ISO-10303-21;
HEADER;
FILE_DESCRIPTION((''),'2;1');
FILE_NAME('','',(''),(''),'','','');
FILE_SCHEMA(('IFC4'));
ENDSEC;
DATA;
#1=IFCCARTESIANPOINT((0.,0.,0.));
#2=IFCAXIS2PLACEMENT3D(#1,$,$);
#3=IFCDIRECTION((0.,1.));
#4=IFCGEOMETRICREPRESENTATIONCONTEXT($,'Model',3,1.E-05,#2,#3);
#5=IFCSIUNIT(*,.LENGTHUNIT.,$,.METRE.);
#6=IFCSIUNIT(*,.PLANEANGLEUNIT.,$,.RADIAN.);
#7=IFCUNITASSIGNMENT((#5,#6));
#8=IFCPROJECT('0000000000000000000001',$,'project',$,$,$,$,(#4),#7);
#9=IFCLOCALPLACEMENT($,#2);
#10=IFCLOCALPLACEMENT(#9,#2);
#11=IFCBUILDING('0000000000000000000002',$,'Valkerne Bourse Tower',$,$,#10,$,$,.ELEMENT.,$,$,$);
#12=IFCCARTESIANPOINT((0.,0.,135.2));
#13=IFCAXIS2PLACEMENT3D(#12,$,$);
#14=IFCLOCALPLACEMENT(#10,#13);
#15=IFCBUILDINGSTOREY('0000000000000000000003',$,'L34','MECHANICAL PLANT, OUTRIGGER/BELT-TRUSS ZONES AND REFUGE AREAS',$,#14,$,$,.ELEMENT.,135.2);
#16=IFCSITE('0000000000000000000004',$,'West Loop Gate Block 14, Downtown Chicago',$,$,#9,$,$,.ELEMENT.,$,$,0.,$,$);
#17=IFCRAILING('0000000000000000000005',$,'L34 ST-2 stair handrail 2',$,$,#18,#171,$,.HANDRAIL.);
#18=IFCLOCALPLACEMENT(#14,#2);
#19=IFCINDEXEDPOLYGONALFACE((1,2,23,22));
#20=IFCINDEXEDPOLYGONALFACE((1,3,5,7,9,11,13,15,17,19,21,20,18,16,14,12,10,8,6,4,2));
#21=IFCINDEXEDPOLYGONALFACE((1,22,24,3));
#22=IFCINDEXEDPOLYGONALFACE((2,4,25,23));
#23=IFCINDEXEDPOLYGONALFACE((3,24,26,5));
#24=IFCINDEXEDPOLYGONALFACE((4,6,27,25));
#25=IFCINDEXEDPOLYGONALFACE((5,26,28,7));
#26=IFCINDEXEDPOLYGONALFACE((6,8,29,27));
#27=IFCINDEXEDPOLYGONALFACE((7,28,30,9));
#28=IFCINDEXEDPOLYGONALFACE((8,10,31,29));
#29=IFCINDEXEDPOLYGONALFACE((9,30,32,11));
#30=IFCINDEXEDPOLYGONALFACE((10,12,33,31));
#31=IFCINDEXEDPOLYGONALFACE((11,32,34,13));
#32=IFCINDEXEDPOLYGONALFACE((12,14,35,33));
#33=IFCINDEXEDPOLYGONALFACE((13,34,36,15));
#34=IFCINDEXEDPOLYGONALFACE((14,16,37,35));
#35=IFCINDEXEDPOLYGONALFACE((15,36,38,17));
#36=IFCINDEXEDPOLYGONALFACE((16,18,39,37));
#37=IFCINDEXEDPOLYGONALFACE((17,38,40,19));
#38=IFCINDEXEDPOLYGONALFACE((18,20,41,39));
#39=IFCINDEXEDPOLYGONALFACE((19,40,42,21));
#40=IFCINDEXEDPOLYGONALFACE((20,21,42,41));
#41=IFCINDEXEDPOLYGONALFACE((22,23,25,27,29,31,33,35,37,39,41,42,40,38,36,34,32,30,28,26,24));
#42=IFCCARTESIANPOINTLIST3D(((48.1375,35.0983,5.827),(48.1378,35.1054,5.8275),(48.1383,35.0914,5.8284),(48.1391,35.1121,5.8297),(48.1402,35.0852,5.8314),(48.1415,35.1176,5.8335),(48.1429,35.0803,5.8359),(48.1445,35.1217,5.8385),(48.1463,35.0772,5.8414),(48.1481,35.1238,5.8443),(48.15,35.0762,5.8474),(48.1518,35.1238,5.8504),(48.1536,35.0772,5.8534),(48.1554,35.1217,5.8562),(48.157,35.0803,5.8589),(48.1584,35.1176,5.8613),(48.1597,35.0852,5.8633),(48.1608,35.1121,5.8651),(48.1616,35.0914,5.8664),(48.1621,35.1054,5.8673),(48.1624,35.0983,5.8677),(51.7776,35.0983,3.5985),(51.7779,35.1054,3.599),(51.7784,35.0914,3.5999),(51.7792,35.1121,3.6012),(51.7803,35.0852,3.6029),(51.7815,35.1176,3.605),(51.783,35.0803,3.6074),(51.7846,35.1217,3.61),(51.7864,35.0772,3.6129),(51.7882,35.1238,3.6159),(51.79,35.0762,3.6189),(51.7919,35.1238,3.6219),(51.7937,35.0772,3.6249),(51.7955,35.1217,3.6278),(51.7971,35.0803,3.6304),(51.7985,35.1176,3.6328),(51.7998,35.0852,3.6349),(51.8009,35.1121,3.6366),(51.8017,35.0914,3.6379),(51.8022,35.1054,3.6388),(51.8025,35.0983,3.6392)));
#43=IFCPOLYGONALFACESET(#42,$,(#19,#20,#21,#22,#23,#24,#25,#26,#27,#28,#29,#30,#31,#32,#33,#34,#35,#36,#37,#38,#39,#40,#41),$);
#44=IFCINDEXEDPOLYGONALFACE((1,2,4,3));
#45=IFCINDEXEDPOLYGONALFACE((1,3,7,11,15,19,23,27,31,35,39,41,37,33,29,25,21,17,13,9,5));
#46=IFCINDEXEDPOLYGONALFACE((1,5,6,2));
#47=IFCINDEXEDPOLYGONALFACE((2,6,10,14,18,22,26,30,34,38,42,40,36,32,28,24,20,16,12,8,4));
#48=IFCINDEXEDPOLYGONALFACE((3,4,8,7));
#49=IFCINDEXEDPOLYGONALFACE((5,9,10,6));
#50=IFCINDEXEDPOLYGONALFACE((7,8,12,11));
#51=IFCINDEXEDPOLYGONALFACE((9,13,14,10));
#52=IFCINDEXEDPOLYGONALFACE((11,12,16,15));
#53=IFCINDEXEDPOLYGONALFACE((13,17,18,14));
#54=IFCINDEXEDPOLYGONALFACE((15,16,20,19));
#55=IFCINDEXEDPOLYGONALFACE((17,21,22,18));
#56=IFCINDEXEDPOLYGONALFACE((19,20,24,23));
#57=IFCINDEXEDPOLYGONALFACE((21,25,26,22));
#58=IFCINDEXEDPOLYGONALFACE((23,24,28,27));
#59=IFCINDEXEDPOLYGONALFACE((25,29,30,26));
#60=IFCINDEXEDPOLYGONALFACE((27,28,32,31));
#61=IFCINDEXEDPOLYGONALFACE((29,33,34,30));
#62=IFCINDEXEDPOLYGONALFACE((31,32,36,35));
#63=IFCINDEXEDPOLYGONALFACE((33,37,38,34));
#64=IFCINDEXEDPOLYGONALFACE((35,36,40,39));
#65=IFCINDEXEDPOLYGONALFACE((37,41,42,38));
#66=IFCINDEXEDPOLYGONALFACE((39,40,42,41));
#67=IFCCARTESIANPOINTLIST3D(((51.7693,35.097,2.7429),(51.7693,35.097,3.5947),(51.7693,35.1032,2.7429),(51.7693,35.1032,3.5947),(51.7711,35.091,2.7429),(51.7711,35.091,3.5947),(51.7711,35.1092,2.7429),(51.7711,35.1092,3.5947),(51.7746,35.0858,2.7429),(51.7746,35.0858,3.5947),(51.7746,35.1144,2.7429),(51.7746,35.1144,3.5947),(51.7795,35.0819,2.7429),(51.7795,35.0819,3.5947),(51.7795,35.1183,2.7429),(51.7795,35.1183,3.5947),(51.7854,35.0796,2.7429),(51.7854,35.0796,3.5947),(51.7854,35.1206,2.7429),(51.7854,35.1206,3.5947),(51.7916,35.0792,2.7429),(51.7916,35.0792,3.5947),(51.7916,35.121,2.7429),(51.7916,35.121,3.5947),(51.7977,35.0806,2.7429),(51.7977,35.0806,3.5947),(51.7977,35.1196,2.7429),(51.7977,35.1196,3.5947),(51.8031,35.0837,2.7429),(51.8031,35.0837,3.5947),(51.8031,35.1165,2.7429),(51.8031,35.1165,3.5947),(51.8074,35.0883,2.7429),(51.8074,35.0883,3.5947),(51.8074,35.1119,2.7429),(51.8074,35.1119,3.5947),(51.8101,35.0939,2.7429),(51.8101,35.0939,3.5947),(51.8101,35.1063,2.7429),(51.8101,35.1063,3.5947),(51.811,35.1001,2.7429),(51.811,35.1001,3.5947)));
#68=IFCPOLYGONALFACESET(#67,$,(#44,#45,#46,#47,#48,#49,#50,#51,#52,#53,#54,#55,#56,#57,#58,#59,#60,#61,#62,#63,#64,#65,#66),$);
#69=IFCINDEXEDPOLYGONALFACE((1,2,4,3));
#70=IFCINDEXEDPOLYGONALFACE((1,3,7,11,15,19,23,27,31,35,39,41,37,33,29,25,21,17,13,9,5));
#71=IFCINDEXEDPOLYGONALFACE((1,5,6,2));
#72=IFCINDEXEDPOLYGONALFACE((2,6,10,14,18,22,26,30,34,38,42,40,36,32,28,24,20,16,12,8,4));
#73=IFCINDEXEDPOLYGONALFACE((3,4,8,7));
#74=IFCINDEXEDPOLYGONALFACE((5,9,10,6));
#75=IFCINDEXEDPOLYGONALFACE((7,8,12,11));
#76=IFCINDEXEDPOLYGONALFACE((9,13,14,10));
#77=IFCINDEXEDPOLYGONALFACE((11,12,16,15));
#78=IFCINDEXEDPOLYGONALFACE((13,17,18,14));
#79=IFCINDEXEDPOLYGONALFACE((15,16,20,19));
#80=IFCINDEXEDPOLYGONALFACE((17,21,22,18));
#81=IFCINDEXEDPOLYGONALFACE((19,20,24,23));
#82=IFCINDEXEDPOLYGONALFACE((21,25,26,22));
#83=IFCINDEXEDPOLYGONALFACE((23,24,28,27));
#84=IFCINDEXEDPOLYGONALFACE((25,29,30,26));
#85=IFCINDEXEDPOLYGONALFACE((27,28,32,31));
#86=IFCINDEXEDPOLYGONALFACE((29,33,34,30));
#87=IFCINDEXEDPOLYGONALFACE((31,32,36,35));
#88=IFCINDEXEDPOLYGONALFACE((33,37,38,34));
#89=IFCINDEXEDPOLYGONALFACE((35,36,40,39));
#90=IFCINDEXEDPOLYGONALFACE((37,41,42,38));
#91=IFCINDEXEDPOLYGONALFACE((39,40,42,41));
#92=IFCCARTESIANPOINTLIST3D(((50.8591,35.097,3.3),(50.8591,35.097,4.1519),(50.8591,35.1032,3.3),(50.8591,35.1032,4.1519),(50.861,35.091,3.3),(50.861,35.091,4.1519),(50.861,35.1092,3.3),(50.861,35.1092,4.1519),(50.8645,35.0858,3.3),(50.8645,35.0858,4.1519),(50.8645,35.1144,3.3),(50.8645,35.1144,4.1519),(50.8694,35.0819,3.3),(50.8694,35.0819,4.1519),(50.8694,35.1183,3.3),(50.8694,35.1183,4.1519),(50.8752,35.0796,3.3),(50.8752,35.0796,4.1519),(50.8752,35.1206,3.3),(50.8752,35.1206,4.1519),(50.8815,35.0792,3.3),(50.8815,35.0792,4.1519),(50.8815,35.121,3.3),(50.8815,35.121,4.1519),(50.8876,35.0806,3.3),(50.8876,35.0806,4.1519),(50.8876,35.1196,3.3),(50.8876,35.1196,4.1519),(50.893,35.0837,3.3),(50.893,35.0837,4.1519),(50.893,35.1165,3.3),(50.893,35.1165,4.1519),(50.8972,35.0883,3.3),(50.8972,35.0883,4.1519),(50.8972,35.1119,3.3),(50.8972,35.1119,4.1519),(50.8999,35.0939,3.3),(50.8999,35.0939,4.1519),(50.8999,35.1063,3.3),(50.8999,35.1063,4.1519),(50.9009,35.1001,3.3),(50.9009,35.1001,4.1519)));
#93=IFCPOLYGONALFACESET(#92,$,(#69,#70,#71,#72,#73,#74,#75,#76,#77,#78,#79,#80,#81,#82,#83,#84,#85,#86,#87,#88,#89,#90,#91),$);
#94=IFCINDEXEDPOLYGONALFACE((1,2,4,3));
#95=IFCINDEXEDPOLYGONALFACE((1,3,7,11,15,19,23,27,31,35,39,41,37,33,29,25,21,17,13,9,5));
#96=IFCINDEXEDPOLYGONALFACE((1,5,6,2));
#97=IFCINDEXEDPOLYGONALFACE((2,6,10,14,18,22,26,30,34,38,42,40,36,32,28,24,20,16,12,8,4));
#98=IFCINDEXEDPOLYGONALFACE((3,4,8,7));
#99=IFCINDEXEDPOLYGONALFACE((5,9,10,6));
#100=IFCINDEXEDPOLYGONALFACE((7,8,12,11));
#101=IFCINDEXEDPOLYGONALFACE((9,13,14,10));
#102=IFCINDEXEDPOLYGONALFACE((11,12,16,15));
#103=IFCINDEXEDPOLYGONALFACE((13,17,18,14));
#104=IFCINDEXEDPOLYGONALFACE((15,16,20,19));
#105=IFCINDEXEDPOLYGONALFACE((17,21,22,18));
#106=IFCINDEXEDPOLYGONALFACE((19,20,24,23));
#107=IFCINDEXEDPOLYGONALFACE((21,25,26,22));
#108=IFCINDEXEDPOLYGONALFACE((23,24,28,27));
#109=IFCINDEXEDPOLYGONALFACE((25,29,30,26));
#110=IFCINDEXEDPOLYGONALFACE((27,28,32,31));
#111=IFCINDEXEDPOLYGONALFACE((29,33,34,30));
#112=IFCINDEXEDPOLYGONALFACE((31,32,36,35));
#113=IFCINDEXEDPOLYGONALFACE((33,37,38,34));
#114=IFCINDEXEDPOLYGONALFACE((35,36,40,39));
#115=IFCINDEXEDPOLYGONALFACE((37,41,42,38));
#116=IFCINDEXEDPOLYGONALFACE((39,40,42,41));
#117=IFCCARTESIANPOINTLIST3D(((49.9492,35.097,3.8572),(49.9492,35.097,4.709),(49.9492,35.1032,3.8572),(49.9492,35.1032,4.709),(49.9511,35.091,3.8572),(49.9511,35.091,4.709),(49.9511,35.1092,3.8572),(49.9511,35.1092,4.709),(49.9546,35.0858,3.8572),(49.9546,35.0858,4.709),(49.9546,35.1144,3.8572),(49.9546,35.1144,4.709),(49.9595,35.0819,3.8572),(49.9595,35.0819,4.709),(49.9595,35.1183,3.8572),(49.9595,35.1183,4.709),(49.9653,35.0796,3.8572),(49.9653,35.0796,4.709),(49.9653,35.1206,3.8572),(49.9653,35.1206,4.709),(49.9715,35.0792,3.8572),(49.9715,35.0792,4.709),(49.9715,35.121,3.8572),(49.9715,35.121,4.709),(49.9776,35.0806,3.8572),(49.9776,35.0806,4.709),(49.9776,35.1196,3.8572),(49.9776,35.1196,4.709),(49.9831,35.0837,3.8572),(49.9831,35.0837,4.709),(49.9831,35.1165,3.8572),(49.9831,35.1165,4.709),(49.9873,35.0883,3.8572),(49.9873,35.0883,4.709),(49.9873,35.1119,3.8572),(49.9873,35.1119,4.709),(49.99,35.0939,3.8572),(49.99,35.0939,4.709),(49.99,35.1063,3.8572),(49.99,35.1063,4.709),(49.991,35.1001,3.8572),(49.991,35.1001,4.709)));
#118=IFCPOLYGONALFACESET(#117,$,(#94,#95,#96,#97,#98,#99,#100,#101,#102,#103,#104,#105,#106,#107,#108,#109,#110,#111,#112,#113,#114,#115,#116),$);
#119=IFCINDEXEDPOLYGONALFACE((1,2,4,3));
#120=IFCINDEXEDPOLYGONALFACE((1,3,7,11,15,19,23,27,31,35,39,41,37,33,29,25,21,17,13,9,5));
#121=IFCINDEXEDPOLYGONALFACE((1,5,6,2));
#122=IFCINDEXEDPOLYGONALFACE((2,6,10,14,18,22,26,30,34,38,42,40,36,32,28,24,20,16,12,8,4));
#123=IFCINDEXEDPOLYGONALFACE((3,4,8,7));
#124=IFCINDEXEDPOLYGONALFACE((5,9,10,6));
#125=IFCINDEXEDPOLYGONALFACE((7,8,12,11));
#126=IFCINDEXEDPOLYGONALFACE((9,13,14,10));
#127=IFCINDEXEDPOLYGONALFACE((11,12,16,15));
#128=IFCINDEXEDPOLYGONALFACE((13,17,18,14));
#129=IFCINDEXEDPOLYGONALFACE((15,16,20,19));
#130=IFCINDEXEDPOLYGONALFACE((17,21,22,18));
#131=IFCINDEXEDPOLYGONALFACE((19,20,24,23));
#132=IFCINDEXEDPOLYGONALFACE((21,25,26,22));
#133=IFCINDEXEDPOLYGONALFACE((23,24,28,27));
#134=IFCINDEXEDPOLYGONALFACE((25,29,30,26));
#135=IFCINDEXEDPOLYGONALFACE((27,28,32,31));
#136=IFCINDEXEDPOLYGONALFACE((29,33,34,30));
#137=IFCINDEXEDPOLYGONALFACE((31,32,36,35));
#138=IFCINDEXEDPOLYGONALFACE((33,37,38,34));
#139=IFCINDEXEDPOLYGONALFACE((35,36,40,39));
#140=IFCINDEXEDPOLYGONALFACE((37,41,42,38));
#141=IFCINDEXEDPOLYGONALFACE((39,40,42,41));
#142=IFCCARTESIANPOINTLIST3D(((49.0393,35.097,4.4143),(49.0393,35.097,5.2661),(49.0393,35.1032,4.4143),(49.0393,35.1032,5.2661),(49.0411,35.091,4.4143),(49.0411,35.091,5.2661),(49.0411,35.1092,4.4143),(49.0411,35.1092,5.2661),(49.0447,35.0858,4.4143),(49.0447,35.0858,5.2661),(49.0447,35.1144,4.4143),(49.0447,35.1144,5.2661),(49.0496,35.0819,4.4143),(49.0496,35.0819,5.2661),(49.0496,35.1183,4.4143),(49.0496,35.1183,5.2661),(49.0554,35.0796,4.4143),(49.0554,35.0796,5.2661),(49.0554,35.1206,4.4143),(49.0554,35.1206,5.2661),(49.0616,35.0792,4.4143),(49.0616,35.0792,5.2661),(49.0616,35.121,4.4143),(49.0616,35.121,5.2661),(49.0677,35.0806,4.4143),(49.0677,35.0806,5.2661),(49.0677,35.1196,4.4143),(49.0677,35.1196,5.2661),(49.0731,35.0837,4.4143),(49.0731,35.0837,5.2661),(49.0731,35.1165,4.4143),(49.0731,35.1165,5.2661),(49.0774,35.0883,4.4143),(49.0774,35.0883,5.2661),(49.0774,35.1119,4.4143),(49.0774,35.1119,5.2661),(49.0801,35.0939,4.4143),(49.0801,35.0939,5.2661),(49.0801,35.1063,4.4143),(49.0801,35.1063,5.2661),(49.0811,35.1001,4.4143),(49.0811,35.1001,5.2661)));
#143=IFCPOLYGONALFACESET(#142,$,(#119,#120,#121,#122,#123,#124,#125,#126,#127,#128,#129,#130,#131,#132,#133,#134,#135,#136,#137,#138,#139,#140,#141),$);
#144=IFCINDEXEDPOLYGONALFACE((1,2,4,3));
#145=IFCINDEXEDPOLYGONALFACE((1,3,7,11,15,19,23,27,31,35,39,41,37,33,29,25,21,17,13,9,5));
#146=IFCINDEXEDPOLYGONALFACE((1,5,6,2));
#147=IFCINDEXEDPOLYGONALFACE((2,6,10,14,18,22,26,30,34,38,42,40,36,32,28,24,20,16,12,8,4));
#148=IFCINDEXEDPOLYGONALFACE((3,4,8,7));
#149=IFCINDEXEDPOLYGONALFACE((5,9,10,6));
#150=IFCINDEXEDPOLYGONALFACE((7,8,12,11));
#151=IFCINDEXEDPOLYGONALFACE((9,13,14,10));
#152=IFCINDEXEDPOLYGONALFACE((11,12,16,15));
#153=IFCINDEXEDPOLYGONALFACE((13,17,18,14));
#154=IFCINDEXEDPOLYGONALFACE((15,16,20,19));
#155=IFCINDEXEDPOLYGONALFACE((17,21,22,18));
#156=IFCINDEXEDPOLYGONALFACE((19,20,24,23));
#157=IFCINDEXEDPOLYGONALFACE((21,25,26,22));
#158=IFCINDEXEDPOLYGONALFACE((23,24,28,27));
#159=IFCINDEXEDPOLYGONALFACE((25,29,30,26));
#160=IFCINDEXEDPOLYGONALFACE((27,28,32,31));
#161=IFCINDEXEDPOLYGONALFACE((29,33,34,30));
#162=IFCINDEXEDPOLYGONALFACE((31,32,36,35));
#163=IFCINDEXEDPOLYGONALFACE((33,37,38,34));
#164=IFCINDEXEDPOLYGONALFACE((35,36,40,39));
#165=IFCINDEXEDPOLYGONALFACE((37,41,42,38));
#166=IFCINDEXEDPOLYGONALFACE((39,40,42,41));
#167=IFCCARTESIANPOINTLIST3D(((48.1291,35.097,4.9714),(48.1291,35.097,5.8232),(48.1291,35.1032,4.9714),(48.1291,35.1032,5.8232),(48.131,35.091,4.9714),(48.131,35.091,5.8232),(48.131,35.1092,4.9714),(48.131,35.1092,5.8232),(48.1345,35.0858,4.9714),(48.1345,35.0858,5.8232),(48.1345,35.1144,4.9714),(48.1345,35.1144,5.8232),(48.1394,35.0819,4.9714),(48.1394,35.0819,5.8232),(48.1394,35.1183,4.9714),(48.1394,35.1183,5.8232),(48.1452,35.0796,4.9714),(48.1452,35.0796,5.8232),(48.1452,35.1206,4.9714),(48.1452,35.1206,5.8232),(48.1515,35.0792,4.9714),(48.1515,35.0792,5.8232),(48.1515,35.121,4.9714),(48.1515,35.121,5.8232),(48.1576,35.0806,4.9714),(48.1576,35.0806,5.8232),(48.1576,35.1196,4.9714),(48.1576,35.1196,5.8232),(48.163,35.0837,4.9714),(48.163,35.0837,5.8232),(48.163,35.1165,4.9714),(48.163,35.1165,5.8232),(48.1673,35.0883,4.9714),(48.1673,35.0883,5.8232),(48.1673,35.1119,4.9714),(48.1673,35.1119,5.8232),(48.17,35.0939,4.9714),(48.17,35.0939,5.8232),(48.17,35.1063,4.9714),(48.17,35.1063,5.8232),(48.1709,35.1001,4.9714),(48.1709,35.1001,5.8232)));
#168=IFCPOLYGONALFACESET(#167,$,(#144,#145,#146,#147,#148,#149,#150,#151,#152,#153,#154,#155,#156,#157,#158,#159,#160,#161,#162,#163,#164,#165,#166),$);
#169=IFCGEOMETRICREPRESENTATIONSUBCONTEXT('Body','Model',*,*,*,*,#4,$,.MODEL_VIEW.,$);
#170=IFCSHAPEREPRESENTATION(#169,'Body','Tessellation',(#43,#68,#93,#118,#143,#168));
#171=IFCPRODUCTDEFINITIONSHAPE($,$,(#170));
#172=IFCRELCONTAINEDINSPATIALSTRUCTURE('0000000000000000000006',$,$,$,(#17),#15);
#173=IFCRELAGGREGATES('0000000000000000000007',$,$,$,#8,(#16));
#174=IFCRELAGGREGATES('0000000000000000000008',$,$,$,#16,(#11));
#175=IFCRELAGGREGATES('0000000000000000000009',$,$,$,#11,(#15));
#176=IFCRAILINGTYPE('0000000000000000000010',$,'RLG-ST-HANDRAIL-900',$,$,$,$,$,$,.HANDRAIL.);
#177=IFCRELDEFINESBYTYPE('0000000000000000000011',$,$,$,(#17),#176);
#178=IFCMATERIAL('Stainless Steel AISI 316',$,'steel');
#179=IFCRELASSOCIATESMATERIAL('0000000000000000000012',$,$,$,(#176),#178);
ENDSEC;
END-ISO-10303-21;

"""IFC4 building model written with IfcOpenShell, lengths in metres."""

from ifc_helpers import new_model, si_unit, direction, frame, origin, origin_2d, place, context, subcontext, project, spatial, circle, extrude, material, type_object, element, save


model = new_model("IFC4")

# Units and contexts
model_context = context("Model", 3, precision=1e-05, world=origin(), true_north=direction((0.0, 1.0)))
body_context = subcontext(model_context, "Body", "Model", "MODEL_VIEW")
ifc_project = project(units=[si_unit("LENGTHUNIT", "METRE"), si_unit("PLANEANGLEUNIT", "RADIAN")], contexts=[model_context])

# Site, building, storey
site_placement = place(None, origin())
site = spatial("IfcSite", under=ifc_project, at=site_placement, Name="West Loop Gate Block 14, Downtown Chicago", CompositionType="ELEMENT", RefElevation=0.0)
building_placement = place(site_placement, origin())
building = spatial("IfcBuilding", under=site, at=building_placement, Name="Valkerne Bourse Tower", CompositionType="ELEMENT")
storey_placement = place(building_placement, frame((0.0, 0.0, 135.2)))
storey = spatial("IfcBuildingStorey", under=building, at=storey_placement, Name="L34", Description="MECHANICAL PLANT, OUTRIGGER/BELT-TRUSS ZONES AND REFUGE AREAS", CompositionType="ELEMENT", Elevation=135.2)

# Railing
ifc_material_1 = material(Name="Stainless Steel AISI 316", Category="steel")
railing_type_1 = type_object("IfcRailingType", Name="RLG-ST-HANDRAIL-900", PredefinedType="HANDRAIL", material=ifc_material_1)
railing_1_placement = place(storey_placement, frame((51.79, 35.1001, 2.7429)))
element("IfcRailing", 1, at=railing_1_placement, inside=storey, type_object=railing_type_1, Name="L34 ST-2 stair handrail 2", PredefinedType="HANDRAIL", context=body_context, shape_type="SweptSolid", body=[
    extrude(circle(Radius=0.0239, at=origin_2d()), frame((0.0, 0.0, 0.876), z_axis=(-0.852866, 0.0, 0.52213), x_axis=(0.0, -1.0, 0.0)), (0.0, 0.0, 1.0), 4.2681),
    extrude(circle(Radius=0.021, at=origin_2d()), origin(), (0.0, 0.0, 1.0), 0.8518),
    extrude(circle(Radius=0.021, at=origin_2d()), frame((-0.9102, 0.0, 0.5571)), (0.0, 0.0, 1.0), 0.8518),
    extrude(circle(Radius=0.021, at=origin_2d()), frame((-1.8201, 0.0, 1.1143)), (0.0, 0.0, 1.0), 0.8518),
    extrude(circle(Radius=0.021, at=origin_2d()), frame((-2.73, 0.0, 1.6714)), (0.0, 0.0, 1.0), 0.8518),
    extrude(circle(Radius=0.021, at=origin_2d()), frame((-3.6401, 0.0, 2.2285)), (0.0, 0.0, 1.0), 0.8518),
])

save(model, "model.ifc")
